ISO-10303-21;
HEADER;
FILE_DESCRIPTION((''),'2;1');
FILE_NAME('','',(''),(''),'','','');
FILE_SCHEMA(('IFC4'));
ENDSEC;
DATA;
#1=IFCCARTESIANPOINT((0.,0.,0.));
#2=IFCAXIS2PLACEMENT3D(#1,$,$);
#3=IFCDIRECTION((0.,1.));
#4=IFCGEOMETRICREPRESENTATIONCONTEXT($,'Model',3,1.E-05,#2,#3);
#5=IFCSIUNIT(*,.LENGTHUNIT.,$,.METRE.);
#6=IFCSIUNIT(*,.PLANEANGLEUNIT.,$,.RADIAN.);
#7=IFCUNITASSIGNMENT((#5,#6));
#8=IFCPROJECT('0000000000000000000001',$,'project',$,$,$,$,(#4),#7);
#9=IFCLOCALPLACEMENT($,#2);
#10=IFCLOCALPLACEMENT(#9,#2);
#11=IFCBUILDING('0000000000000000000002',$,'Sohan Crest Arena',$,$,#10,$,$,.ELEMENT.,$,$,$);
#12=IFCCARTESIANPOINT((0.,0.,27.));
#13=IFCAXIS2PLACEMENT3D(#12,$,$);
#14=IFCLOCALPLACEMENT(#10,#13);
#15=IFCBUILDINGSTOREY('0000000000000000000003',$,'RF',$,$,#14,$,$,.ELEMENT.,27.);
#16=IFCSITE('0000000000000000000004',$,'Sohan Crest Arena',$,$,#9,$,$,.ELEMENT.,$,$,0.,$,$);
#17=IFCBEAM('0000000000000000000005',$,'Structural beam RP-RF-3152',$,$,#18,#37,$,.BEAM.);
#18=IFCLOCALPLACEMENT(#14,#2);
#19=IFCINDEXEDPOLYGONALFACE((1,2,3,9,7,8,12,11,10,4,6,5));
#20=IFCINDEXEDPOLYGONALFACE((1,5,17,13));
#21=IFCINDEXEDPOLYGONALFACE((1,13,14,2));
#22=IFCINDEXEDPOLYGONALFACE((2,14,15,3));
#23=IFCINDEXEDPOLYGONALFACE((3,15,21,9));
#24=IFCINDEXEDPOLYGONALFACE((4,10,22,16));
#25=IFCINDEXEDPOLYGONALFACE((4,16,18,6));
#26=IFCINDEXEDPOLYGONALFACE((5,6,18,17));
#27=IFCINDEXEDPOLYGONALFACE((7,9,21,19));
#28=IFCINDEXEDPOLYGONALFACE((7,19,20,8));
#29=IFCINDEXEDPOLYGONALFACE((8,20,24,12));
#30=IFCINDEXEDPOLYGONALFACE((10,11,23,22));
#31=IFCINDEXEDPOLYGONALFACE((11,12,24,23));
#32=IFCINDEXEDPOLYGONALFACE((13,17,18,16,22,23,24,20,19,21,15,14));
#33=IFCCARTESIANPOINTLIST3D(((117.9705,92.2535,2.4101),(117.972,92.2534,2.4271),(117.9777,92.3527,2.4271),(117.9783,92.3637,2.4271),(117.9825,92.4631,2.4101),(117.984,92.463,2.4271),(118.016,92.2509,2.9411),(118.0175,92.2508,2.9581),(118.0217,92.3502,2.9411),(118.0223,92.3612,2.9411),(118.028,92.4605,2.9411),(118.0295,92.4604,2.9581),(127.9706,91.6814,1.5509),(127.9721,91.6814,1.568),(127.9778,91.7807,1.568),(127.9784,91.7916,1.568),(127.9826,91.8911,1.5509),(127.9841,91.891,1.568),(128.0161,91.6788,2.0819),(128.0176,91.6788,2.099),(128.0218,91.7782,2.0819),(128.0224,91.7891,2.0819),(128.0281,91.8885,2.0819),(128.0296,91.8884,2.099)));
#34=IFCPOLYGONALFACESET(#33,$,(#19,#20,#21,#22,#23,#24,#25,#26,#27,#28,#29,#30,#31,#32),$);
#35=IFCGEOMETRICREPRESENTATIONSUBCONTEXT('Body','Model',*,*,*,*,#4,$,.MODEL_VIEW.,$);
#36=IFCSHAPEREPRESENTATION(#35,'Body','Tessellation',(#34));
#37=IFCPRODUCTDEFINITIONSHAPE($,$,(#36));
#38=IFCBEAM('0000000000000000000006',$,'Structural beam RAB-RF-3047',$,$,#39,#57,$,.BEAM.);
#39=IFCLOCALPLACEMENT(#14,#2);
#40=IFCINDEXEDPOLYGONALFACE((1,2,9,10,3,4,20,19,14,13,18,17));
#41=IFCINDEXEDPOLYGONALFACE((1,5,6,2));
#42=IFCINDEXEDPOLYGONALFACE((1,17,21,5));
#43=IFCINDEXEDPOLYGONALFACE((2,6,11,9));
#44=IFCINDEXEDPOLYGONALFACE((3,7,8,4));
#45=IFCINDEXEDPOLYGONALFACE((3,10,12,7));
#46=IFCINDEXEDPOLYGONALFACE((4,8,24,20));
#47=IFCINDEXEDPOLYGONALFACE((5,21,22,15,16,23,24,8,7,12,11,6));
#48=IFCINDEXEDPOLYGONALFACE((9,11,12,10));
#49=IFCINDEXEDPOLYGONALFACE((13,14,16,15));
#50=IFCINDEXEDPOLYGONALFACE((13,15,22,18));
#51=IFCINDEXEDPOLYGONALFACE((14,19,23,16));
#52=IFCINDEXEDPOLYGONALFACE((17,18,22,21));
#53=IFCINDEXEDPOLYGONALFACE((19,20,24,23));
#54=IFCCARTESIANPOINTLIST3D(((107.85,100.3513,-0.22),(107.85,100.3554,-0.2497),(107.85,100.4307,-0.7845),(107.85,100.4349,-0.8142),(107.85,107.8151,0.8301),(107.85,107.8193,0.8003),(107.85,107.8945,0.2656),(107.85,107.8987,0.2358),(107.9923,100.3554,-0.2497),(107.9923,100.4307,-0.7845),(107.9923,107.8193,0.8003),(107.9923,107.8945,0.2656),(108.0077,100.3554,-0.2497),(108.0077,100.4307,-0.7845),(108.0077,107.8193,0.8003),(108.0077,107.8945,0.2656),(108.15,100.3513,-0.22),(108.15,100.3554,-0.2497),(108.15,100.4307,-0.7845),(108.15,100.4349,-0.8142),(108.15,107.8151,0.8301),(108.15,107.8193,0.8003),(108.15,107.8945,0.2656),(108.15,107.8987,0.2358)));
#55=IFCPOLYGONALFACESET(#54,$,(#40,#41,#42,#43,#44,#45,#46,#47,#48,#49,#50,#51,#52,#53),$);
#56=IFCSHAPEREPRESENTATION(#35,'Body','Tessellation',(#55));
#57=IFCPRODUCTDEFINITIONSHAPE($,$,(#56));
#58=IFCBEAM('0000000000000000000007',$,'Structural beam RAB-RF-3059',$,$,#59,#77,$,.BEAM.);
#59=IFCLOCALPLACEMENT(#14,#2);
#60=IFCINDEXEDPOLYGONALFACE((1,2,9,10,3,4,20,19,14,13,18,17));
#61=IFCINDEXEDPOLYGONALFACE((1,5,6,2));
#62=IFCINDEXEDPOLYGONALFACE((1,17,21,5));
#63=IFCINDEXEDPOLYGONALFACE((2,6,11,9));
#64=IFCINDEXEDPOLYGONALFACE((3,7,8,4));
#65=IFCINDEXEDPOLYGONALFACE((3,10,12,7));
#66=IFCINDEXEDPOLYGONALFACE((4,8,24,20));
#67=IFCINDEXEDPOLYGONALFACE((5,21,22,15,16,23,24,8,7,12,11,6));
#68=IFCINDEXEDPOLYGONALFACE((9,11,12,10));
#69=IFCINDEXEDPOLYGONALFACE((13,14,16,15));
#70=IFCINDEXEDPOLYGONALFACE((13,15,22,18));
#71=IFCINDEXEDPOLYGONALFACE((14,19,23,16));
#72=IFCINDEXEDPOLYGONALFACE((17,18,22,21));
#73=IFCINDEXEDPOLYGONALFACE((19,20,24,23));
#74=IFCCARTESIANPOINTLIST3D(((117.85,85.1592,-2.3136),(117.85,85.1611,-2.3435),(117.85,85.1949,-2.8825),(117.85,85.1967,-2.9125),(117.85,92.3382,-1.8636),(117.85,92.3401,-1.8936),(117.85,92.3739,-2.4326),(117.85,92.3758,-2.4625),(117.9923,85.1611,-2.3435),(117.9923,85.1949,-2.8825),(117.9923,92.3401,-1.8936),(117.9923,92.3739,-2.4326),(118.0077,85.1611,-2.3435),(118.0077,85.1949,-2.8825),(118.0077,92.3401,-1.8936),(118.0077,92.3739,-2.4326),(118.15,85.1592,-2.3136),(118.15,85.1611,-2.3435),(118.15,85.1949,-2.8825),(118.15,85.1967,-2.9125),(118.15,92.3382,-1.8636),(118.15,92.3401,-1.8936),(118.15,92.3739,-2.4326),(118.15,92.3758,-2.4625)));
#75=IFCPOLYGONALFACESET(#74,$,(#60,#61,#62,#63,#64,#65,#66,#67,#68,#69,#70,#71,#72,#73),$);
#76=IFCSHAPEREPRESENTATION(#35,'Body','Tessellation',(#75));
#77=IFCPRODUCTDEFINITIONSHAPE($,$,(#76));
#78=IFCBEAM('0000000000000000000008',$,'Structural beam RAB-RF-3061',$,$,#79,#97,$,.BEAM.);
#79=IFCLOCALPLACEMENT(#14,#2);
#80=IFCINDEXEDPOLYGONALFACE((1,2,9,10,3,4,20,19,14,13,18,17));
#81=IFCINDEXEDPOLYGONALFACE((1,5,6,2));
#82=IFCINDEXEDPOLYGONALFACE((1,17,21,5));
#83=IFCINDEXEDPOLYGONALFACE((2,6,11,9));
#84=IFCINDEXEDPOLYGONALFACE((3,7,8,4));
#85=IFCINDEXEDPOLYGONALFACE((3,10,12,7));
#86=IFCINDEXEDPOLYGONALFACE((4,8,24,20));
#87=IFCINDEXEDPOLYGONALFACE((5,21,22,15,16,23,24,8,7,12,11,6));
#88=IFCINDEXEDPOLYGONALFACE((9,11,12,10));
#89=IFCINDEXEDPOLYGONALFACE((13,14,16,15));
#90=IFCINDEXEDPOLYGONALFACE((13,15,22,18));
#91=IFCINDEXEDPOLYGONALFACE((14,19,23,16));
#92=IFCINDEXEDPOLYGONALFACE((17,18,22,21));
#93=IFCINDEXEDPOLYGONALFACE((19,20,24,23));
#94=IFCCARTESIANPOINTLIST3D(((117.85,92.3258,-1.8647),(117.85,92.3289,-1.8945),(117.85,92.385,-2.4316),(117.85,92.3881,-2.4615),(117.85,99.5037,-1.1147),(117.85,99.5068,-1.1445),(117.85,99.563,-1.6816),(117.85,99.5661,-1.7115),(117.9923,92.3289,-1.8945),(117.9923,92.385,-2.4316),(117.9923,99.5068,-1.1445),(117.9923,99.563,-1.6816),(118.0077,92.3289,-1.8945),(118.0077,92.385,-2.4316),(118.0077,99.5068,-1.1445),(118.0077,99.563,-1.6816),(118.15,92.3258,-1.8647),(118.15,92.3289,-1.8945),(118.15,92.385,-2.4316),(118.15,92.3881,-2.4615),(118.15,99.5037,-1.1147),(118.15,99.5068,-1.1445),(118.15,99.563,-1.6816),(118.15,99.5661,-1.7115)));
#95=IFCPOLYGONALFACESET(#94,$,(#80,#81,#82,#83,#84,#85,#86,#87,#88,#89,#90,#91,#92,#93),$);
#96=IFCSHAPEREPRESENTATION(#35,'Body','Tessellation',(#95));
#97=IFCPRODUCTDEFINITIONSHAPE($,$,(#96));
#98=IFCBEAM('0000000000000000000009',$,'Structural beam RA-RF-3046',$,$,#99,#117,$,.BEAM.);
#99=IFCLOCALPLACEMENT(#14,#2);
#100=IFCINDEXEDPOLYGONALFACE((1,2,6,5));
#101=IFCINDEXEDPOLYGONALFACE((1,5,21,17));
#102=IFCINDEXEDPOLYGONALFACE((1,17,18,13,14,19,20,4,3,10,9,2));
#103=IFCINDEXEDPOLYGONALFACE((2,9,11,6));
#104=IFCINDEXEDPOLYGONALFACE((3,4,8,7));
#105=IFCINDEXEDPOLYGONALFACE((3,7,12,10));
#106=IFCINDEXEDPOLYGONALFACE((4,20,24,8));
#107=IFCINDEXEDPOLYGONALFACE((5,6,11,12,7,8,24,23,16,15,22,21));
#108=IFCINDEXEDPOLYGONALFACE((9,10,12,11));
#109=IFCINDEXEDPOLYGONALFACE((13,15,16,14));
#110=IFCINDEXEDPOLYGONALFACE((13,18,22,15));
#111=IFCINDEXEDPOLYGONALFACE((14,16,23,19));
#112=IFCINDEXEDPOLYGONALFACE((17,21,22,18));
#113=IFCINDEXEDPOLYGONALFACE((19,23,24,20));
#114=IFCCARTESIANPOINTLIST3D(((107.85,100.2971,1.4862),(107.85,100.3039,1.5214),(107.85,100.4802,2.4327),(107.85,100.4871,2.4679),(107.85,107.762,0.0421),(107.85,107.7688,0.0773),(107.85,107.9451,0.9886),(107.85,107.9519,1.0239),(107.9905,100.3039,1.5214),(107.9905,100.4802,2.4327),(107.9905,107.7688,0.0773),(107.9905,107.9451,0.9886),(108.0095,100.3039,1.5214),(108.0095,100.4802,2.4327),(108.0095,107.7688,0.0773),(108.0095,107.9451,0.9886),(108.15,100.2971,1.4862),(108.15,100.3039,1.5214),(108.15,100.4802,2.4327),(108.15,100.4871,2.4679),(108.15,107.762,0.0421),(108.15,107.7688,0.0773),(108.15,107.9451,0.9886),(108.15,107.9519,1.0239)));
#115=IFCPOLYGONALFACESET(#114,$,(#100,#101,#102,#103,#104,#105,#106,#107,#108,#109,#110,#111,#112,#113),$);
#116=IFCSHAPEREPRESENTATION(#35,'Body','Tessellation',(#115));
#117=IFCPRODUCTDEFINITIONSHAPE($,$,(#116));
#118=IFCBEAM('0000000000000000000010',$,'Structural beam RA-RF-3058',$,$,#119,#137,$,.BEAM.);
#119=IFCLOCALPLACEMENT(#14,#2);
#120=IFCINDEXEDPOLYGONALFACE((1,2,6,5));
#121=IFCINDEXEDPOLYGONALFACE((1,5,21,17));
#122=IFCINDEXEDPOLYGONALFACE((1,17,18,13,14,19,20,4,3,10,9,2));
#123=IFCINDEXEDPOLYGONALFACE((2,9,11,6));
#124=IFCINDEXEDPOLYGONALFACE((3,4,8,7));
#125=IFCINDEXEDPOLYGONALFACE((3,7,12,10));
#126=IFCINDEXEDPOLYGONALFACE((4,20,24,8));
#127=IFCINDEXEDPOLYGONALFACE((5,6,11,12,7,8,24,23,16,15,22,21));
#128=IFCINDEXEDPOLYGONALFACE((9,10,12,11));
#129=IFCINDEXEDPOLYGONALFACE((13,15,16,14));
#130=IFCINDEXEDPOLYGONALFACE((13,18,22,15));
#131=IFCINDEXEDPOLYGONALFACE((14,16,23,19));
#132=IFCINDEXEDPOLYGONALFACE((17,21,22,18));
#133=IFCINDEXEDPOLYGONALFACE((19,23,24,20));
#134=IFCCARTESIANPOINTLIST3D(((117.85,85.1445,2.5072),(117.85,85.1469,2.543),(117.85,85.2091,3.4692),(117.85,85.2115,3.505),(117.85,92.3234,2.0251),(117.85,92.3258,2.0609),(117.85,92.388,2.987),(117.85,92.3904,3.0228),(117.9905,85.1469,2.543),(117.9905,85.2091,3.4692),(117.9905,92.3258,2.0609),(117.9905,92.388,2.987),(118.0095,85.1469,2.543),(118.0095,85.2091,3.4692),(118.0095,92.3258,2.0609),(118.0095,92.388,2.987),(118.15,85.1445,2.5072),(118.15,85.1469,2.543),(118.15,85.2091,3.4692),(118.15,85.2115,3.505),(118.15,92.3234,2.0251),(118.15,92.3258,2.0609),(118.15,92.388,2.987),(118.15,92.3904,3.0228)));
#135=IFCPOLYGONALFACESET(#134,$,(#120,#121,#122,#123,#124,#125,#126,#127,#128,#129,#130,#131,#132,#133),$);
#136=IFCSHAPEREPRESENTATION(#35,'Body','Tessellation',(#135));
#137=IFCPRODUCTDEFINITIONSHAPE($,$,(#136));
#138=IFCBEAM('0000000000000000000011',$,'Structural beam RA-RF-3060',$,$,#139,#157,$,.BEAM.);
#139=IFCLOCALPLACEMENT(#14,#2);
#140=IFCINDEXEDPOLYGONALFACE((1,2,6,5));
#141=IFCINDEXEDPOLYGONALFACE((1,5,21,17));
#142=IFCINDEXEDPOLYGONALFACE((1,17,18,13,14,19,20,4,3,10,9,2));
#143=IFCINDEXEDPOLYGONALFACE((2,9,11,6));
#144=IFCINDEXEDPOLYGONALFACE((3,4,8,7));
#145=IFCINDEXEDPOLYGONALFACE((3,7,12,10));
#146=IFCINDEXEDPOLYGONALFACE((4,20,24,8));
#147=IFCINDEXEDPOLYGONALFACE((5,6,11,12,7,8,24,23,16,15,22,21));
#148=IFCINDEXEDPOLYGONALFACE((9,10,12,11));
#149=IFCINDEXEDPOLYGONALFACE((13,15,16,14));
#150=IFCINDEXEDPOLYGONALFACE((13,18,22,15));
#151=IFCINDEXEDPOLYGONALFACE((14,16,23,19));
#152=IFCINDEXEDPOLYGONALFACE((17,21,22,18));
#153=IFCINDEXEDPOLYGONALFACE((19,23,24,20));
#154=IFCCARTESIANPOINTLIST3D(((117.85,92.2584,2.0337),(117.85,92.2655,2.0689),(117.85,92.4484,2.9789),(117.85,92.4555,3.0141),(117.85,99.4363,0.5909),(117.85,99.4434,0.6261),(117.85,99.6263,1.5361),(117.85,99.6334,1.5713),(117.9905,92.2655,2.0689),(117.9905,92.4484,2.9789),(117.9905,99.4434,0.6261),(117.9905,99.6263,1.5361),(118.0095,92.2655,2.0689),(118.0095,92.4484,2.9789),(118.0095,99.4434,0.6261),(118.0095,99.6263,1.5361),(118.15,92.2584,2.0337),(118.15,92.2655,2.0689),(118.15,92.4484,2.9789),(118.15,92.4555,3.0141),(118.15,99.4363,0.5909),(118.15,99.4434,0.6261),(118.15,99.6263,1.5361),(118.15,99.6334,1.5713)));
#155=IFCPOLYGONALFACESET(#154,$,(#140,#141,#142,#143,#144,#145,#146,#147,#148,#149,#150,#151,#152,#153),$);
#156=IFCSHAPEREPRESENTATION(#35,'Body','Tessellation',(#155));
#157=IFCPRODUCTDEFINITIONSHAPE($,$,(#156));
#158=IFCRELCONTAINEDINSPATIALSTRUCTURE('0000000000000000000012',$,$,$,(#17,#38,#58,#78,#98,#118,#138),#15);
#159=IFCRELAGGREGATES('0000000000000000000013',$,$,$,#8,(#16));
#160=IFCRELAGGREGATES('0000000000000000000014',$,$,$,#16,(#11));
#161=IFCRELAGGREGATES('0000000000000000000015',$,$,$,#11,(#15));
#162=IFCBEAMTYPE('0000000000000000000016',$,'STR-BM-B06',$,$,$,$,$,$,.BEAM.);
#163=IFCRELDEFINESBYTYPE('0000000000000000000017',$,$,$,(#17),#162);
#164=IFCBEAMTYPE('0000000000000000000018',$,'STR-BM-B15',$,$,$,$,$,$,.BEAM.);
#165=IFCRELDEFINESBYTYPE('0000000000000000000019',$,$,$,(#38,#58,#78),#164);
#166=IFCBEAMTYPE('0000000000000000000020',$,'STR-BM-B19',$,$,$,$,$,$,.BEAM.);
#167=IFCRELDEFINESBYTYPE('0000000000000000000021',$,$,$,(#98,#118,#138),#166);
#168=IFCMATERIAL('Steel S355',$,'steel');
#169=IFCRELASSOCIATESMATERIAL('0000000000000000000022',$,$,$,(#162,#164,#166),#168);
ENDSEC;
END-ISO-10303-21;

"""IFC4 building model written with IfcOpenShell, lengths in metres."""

from ifc_helpers import new_model, si_unit, direction, frame, origin, origin_2d, place, context, subcontext, project, spatial, i_section, extrude, material, material_profile, profile_set, type_object, element, save


model = new_model("IFC4")

# Units and contexts
model_context = context("Model", 3, precision=1e-05, world=origin(), true_north=direction((0.0, 1.0)))
body_context = subcontext(model_context, "Body", "Model", "MODEL_VIEW")
ifc_project = project(units=[si_unit("LENGTHUNIT", "METRE"), si_unit("PLANEANGLEUNIT", "RADIAN")], contexts=[model_context])

# Site, building, storey
site_placement = place(None, origin())
site = spatial("IfcSite", under=ifc_project, at=site_placement, Name="Sohan Crest Arena", CompositionType="ELEMENT", RefElevation=0.0)
building_placement = place(site_placement, origin())
building = spatial("IfcBuilding", under=site, at=building_placement, Name="Sohan Crest Arena", CompositionType="ELEMENT")
storey_placement = place(building_placement, frame((0.0, 0.0, 27.0)))
storey = spatial("IfcBuildingStorey", under=building, at=storey_placement, Name="RF", CompositionType="ELEMENT", Elevation=27.0)

# Beams
ifc_material_1 = material(Name="Steel S355", Category="steel")
ifc_material_profile_1 = material_profile(ifc_material_1, i_section(OverallWidth=0.21, OverallDepth=0.55, WebThickness=0.011, FlangeThickness=0.0171, at=origin_2d()), Name="IPE 550")
ifc_profile_set_1 = profile_set([ifc_material_profile_1], Name="Steel S355")
beam_type_1 = type_object("IfcBeamType", Name="STR-BM-B06", PredefinedType="BEAM", material=ifc_profile_set_1)
beam_1_placement = place(storey_placement, frame((118.0, 92.3569, 2.6841), z_axis=(0.994716, -0.0569, -0.085459), x_axis=(0.057109, 0.998368, 0.0)))
element("IfcBeam", 1, at=beam_1_placement, inside=storey, type_object=beam_type_1, Name="Structural beam RP-RF-3152", PredefinedType="BEAM", context=body_context, shape_type="SweptSolid", body=[
    extrude(i_section(OverallWidth=0.21, OverallDepth=0.55, WebThickness=0.011, FlangeThickness=0.0171, at=origin_2d()), origin(), (0.0, 0.0, 1.0), 10.0532),
])
ifc_material_profile_2 = material_profile(ifc_material_1, i_section(OverallWidth=0.3, OverallDepth=0.6001, WebThickness=0.0154, FlangeThickness=0.03, at=origin_2d()), Name="HEB 600")
ifc_profile_set_2 = profile_set([ifc_material_profile_2], Name="Steel S355")
beam_type_2 = type_object("IfcBeamType", Name="STR-BM-B15", PredefinedType="BEAM", material=ifc_profile_set_2)
beam_2_placement = place(storey_placement, frame((108.0, 100.3931, -0.5171), z_axis=(0.0, 0.990248, 0.139312), x_axis=(-1.0, 0.0, 0.0)))
element("IfcBeam", 2, at=beam_2_placement, inside=storey, type_object=beam_type_2, Name="Structural beam RAB-RF-3047", PredefinedType="BEAM", context=body_context, shape_type="SweptSolid", body=[
    extrude(i_section(OverallWidth=0.3, OverallDepth=0.6001, WebThickness=0.0154, FlangeThickness=0.03, at=origin_2d()), origin(), (0.0, 0.0, 1.0), 7.5374),
])
beam_3_placement = place(storey_placement, frame((118.0, 85.178, -2.613), z_axis=(0.0, 0.998042, 0.062554), x_axis=(-1.0, 0.0, 0.0)))
element("IfcBeam", 3, at=beam_3_placement, inside=storey, type_object=beam_type_2, Name="Structural beam RAB-RF-3059", PredefinedType="BEAM", context=body_context, shape_type="SweptSolid", body=[
    extrude(i_section(OverallWidth=0.3, OverallDepth=0.6001, WebThickness=0.0154, FlangeThickness=0.03, at=origin_2d()), origin(), (0.0, 0.0, 1.0), 7.1931),
])
beam_4_placement = place(storey_placement, frame((118.0, 92.3569, -2.1631), z_axis=(0.0, 0.994586, 0.103921), x_axis=(-1.0, 0.0, 0.0)))
element("IfcBeam", 4, at=beam_4_placement, inside=storey, type_object=beam_type_2, Name="Structural beam RAB-RF-3061", PredefinedType="BEAM", context=body_context, shape_type="SweptSolid", body=[
    extrude(i_section(OverallWidth=0.3, OverallDepth=0.6001, WebThickness=0.0154, FlangeThickness=0.03, at=origin_2d()), origin(), (0.0, 0.0, 1.0), 7.217),
])
ifc_material_profile_3 = material_profile(ifc_material_1, i_section(OverallWidth=0.3, OverallDepth=1.0, WebThickness=0.019, FlangeThickness=0.0359, at=origin_2d()), Name="HEB 1000")
ifc_profile_set_3 = profile_set([ifc_material_profile_3], Name="Steel S355")
beam_type_3 = type_object("IfcBeamType", Name="STR-BM-B19", PredefinedType="BEAM", material=ifc_profile_set_3)
beam_5_placement = place(storey_placement, frame((108.0, 100.3921, 1.9771), z_axis=(0.0, 0.981797, -0.189931), x_axis=(-1.0, 0.0, 0.0)))
element("IfcBeam", 5, at=beam_5_placement, inside=storey, type_object=beam_type_3, Name="Structural beam RA-RF-3046", PredefinedType="BEAM", context=body_context, shape_type="SweptSolid", body=[
    extrude(i_section(OverallWidth=0.3, OverallDepth=1.0, WebThickness=0.019, FlangeThickness=0.0359, at=origin_2d()), origin(), (0.0, 0.0, 1.0), 7.6033),
])
beam_6_placement = place(storey_placement, frame((118.0, 85.178, 3.0061), z_axis=(0.0, 0.997752, -0.067014), x_axis=(-1.0, 0.0, 0.0)))
element("IfcBeam", 6, at=beam_6_placement, inside=storey, type_object=beam_type_3, Name="Structural beam RA-RF-3058", PredefinedType="BEAM", context=body_context, shape_type="SweptSolid", body=[
    extrude(i_section(OverallWidth=0.3, OverallDepth=1.0, WebThickness=0.019, FlangeThickness=0.0359, at=origin_2d()), origin(), (0.0, 0.0, 1.0), 7.1951),
])
beam_7_placement = place(storey_placement, frame((118.0, 92.3569, 2.5239), z_axis=(0.0, 0.980389, -0.197072), x_axis=(-1.0, 0.0, 0.0)))
element("IfcBeam", 7, at=beam_7_placement, inside=storey, type_object=beam_type_3, Name="Structural beam RA-RF-3060", PredefinedType="BEAM", context=body_context, shape_type="SweptSolid", body=[
    extrude(i_section(OverallWidth=0.3, OverallDepth=1.0, WebThickness=0.019, FlangeThickness=0.0359, at=origin_2d()), origin(), (0.0, 0.0, 1.0), 7.3215),
])

save(model, "model.ifc")
